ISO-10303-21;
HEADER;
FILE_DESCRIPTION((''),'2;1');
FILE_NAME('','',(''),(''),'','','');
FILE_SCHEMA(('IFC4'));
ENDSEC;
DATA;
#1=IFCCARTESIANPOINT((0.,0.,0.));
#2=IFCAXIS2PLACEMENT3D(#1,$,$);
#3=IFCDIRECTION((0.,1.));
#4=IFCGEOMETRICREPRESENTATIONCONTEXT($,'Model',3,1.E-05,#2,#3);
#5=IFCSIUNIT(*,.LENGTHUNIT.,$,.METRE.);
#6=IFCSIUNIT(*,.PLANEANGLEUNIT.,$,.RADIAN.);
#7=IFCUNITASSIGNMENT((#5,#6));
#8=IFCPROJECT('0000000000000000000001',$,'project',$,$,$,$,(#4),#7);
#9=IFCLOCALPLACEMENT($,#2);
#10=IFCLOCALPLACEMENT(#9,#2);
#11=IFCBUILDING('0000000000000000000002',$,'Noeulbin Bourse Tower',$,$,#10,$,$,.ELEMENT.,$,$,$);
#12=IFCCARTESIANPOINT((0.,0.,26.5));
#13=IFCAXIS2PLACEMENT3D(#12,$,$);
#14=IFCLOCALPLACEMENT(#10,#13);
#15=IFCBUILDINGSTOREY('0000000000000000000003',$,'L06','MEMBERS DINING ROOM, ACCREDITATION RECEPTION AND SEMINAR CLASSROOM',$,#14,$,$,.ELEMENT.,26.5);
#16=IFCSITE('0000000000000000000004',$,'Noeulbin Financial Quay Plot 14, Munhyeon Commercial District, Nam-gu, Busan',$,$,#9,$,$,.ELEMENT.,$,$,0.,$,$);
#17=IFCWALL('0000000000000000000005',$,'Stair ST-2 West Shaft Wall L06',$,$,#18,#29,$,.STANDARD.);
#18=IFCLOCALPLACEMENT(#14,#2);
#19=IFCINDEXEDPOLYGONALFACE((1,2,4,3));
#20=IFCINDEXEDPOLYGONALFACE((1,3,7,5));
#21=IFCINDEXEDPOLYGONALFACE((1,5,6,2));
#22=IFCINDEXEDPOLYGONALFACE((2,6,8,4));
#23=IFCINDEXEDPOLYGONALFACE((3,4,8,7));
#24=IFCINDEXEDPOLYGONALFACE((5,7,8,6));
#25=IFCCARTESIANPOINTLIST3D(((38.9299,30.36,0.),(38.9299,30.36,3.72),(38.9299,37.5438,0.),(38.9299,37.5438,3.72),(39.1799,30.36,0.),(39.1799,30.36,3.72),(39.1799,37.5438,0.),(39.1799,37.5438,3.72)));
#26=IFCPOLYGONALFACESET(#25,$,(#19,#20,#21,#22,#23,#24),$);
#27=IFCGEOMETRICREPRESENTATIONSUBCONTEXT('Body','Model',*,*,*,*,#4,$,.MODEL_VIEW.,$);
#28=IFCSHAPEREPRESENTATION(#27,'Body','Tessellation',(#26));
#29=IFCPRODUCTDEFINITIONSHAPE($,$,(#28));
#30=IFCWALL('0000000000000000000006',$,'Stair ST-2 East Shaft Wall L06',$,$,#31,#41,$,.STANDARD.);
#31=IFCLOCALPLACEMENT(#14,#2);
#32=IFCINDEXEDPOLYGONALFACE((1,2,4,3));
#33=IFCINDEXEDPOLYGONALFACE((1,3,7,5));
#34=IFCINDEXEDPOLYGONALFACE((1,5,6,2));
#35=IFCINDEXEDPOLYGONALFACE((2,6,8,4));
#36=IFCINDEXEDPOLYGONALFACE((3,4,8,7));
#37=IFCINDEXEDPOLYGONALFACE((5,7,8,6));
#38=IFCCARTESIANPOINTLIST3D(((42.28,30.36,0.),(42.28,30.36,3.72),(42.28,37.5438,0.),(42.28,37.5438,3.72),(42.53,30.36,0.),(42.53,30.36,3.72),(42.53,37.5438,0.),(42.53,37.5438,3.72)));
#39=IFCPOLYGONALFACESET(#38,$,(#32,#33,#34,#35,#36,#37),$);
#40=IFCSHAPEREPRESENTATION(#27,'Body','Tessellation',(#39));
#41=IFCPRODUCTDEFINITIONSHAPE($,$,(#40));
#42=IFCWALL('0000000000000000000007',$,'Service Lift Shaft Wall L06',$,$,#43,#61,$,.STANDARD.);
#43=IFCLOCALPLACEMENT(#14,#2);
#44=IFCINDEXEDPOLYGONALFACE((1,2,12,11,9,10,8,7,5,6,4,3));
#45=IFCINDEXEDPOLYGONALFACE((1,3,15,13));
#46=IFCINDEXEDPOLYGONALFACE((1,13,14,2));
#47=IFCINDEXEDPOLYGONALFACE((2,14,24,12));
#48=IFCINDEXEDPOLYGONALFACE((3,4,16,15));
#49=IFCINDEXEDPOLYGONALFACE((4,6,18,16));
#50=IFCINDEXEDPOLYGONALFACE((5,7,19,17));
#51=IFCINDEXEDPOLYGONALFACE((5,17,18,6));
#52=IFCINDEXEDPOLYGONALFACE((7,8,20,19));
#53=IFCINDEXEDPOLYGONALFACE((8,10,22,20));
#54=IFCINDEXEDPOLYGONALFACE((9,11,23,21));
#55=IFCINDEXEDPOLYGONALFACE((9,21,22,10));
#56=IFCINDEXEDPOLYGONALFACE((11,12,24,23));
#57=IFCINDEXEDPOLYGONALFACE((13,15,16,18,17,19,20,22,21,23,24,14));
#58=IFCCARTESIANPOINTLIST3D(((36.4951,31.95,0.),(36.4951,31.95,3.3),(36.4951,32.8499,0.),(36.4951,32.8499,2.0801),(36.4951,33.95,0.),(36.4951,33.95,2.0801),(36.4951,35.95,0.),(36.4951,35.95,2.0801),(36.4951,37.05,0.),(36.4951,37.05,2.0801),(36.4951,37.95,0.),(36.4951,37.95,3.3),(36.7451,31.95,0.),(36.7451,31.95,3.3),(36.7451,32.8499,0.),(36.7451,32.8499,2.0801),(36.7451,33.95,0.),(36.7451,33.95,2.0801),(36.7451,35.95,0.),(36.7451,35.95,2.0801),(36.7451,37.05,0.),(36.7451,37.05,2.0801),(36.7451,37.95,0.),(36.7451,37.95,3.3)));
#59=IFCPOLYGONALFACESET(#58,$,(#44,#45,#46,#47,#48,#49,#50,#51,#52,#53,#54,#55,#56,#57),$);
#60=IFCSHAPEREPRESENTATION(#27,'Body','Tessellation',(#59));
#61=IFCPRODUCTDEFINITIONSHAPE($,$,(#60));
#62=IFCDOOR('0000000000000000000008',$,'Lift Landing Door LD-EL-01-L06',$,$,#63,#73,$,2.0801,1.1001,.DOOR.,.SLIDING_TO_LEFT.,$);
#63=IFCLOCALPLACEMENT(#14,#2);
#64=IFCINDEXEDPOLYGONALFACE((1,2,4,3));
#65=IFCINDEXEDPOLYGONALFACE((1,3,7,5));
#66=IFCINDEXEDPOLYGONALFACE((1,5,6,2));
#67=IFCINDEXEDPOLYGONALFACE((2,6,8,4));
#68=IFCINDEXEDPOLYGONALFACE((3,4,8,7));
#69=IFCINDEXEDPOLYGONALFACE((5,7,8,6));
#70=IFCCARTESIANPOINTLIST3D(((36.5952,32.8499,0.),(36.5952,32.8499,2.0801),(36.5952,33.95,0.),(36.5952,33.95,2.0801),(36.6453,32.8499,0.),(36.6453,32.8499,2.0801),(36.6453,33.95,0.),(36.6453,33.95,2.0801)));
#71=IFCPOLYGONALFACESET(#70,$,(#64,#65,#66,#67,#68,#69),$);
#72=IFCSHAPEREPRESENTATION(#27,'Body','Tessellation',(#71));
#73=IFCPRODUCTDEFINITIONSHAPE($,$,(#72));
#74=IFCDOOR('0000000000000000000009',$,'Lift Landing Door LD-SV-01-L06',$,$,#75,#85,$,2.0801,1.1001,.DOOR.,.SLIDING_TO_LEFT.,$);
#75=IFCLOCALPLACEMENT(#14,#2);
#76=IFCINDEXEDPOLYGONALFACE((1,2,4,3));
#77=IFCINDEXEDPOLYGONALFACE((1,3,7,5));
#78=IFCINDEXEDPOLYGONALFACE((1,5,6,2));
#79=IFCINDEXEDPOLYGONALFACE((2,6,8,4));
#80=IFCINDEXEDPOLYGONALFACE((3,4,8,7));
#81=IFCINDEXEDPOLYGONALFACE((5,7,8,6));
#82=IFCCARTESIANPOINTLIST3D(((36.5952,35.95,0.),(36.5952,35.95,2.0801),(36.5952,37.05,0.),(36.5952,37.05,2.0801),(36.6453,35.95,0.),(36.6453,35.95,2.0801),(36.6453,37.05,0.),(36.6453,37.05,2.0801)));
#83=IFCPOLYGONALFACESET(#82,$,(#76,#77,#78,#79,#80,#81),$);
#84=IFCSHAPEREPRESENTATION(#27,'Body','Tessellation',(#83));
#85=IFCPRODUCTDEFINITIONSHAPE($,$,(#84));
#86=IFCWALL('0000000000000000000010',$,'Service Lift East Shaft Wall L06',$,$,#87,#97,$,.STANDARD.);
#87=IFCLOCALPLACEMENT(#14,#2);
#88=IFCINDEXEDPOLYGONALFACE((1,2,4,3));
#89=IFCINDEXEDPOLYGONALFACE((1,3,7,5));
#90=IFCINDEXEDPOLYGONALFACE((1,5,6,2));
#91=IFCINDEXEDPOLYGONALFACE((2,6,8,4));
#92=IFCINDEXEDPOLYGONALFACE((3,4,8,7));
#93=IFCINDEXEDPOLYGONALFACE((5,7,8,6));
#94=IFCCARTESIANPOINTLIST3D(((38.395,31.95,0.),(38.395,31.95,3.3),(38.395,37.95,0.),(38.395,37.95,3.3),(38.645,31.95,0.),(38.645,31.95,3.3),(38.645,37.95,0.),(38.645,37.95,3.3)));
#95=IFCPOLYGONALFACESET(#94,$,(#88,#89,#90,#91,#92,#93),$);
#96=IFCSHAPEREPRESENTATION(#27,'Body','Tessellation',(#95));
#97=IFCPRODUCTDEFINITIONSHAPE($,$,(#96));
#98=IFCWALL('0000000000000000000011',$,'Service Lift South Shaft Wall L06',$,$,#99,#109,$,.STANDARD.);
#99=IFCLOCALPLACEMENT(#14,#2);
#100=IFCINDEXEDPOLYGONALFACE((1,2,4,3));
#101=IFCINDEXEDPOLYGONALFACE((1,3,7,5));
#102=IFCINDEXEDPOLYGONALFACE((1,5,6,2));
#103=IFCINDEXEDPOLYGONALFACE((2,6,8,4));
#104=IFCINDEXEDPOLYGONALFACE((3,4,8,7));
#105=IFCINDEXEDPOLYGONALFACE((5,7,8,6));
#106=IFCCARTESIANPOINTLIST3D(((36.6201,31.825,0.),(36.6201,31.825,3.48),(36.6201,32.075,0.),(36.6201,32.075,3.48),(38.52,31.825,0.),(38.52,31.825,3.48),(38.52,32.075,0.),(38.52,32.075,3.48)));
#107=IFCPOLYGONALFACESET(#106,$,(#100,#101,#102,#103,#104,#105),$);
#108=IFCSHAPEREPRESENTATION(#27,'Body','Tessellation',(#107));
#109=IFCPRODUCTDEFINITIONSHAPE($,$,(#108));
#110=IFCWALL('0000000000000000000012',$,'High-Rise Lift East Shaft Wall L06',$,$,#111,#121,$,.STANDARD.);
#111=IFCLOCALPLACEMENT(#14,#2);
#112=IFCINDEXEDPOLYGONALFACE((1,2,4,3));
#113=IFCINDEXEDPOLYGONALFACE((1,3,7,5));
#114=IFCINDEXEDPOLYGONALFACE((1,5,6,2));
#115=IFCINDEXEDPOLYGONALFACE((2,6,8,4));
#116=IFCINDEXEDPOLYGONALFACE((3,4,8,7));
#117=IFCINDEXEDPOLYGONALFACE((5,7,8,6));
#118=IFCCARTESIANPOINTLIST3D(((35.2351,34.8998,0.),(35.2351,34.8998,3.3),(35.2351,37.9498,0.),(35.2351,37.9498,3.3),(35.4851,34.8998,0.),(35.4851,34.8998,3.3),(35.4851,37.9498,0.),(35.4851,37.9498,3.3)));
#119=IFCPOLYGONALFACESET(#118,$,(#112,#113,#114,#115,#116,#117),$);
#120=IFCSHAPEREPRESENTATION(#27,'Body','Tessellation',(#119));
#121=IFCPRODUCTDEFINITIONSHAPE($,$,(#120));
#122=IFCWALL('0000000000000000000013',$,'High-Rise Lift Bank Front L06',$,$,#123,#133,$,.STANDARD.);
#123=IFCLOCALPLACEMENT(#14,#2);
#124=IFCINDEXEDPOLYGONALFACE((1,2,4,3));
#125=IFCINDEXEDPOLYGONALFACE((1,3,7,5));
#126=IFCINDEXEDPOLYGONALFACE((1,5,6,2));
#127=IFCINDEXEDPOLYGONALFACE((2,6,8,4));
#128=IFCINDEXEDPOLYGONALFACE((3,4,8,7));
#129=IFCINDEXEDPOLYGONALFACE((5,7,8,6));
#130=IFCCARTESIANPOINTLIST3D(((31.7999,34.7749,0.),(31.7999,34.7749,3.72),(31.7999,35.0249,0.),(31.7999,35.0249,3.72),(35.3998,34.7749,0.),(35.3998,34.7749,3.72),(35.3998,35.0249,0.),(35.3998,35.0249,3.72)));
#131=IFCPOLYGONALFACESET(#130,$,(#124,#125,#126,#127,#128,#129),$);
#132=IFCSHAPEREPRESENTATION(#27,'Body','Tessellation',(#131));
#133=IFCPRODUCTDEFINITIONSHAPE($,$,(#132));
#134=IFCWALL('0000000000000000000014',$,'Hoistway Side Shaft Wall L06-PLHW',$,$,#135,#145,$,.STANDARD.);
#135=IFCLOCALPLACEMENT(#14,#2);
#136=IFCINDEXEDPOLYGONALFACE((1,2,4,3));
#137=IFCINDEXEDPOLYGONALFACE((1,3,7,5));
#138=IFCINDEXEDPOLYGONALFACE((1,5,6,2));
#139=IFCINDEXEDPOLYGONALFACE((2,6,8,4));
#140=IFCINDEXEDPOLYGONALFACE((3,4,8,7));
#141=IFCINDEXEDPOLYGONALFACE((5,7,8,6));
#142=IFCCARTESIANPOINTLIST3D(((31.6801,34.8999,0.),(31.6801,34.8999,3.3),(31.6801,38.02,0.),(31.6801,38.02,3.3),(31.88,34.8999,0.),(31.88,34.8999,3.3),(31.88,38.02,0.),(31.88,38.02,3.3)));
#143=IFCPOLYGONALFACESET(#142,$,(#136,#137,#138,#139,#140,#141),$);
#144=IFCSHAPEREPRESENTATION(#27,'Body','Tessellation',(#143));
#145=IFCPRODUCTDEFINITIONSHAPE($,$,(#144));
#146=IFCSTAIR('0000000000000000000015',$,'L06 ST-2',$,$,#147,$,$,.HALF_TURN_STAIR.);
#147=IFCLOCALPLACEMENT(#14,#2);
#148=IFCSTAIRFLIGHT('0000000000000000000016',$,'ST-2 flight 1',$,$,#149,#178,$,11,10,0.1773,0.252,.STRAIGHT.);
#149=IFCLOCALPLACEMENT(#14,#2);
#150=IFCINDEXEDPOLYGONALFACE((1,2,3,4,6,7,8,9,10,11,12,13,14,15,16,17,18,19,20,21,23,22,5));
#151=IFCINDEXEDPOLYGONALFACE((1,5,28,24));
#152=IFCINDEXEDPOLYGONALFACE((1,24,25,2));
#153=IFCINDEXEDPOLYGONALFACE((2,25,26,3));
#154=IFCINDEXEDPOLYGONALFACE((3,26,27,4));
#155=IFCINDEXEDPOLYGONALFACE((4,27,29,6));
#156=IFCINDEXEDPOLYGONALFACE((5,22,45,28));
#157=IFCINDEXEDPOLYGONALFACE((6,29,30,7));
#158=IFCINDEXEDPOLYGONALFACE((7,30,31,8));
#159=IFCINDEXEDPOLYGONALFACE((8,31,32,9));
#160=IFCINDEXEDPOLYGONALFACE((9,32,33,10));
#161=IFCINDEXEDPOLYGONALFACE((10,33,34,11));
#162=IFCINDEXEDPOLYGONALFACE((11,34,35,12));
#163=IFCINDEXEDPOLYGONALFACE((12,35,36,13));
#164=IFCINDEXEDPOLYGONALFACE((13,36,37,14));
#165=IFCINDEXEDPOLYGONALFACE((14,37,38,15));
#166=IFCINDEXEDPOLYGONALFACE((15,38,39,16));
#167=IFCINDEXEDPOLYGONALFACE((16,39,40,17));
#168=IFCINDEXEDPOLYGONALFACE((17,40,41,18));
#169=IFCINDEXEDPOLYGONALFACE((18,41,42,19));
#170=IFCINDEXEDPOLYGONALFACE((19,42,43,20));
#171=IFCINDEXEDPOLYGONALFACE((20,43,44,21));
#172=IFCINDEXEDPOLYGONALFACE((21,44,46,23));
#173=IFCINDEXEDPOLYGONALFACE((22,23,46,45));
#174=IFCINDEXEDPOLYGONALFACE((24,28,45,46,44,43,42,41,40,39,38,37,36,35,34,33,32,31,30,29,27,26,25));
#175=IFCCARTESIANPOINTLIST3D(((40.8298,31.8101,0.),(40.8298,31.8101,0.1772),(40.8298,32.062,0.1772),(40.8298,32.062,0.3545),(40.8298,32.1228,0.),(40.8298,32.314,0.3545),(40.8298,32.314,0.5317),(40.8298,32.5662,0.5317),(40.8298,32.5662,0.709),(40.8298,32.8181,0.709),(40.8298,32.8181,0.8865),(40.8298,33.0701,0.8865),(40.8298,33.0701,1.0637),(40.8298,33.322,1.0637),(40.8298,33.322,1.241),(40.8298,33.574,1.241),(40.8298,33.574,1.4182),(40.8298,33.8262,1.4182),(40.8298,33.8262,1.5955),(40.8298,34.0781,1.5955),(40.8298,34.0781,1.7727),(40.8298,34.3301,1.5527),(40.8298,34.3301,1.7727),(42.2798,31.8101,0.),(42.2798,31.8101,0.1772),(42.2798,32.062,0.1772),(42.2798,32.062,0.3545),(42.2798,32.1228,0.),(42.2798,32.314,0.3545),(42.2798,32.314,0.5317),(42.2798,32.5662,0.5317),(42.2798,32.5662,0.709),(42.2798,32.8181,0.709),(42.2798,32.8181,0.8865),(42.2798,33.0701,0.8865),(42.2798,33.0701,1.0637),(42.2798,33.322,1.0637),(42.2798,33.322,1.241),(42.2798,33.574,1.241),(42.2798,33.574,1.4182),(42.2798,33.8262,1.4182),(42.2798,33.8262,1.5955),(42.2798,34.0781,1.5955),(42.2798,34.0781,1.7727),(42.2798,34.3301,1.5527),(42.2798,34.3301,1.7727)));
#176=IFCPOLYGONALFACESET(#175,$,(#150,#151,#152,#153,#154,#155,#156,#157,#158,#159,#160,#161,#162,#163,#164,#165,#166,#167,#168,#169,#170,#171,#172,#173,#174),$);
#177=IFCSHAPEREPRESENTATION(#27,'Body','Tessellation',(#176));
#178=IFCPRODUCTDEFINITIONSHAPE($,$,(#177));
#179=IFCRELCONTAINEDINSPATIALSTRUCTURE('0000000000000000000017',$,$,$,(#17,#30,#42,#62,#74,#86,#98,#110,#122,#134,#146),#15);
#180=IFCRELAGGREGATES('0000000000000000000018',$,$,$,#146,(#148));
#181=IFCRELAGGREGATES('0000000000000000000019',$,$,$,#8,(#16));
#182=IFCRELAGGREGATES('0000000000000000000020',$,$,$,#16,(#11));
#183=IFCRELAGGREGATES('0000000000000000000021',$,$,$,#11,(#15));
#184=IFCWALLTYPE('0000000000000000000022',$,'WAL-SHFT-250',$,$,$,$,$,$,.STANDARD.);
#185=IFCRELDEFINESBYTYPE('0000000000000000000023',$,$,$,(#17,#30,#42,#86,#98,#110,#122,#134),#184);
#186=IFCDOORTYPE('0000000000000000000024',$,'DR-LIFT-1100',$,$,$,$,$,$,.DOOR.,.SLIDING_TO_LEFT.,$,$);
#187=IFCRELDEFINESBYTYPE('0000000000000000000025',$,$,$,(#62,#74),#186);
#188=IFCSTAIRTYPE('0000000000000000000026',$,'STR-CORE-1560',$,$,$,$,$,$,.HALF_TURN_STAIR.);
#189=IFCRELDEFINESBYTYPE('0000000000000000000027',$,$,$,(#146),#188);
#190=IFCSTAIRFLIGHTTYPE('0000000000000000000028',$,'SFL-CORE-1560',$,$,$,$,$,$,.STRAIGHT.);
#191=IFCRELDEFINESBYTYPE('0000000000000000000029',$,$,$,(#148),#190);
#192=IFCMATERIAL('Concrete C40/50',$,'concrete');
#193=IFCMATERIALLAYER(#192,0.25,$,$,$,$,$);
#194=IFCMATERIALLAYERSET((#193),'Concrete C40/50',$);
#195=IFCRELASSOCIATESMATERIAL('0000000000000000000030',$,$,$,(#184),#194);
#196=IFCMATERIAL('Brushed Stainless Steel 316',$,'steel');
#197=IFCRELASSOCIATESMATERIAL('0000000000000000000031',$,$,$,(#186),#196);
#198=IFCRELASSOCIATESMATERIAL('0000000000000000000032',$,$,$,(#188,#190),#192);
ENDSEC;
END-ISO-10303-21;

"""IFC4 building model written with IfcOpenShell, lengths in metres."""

from ifc_helpers import new_model, si_unit, direction, frame, frame_2d, origin, place, context, subcontext, project, spatial, polyline, rectangle, outline, extrude, material, layer, layer_set, type_object, element, fill, aggregate, save


model = new_model("IFC4")

# Units and contexts
model_context = context("Model", 3, precision=1e-05, world=origin(), true_north=direction((0.0, 1.0)))
body_context = subcontext(model_context, "Body", "Model", "MODEL_VIEW")
ifc_project = project(units=[si_unit("LENGTHUNIT", "METRE"), si_unit("PLANEANGLEUNIT", "RADIAN")], contexts=[model_context])

# Site, building, storey
site_placement = place(None, origin())
site = spatial("IfcSite", under=ifc_project, at=site_placement, Name="Noeulbin Financial Quay Plot 14, Munhyeon Commercial District, Nam-gu, Busan", CompositionType="ELEMENT", RefElevation=0.0)
building_placement = place(site_placement, origin())
building = spatial("IfcBuilding", under=site, at=building_placement, Name="Noeulbin Bourse Tower", CompositionType="ELEMENT")
storey_placement = place(building_placement, frame((0.0, 0.0, 26.5)))
storey = spatial("IfcBuildingStorey", under=building, at=storey_placement, Name="L06", Description="MEMBERS DINING ROOM, ACCREDITATION RECEPTION AND SEMINAR CLASSROOM", CompositionType="ELEMENT", Elevation=26.5)

# Shared definitions
ifc_material_1 = material(Name="Concrete C40/50", Category="concrete")

# Shared definitions
ifc_layer_1 = layer(ifc_material_1, 0.25)
ifc_layer_set_1 = layer_set([ifc_layer_1], Name="Concrete C40/50")
wall_type_1 = type_object("IfcWallType", Name="WAL-SHFT-250", PredefinedType="STANDARD", material=ifc_layer_set_1)

# Walls
for number, where, z_axis, x_axis, name in (
    (1, (39.0549, 30.3601, 0.0), (0.0, 0.0, 1.0), (0.0, 1.0, 0.0), "Stair ST-2 West Shaft Wall L06"),
    (2, (42.405, 30.3601, 0.0), (0.0, 0.0, 1.0), (0.0, 1.0, 0.0), "Stair ST-2 East Shaft Wall L06"),
):
    element("IfcWall", number, at=place(storey_placement, frame(where, z_axis=z_axis, x_axis=x_axis)), inside=storey, type_object=wall_type_1, Name=name, PredefinedType="STANDARD", context=body_context, shape_type="SweptSolid", body=[
        extrude(rectangle(XDim=7.1838, YDim=0.25, at=frame_2d((3.5918, 0.0))), origin(), (0.0, 0.0, 1.0), 3.72),
    ])

# Wall, openings, doors
wall_1_placement = place(storey_placement, frame((36.6201, 31.95, 0.0), z_axis=(0.0, 0.0, 1.0), x_axis=(0.0, 1.0, 0.0)))
wall_1 = element("IfcWall", 3, at=wall_1_placement, inside=storey, type_object=wall_type_1, Name="Service Lift Shaft Wall L06", PredefinedType="STANDARD", context=body_context, shape_type="SweptSolid", body=[
    extrude(rectangle(XDim=6.0, YDim=0.25, at=frame_2d((3.0, 0.0))), origin(), (0.0, 0.0, 1.0), 3.3),
])
opening_1_placement = place(wall_1_placement, frame((0.8999, 0.0, 0.0)))
opening_1 = element("IfcOpeningElement", 4, at=opening_1_placement, cuts=wall_1, PredefinedType="OPENING", context=body_context, shape_type="SweptSolid", body=[
    extrude(rectangle(XDim=1.1001, YDim=2.0801, at=frame_2d((0.55, 1.04))), frame((0.0, 0.135, 0.0), z_axis=(0.0, -1.0, 0.0), x_axis=(1.0, 0.0, 0.0)), (0.0, 0.0, 1.0), 0.27),
])
opening_2_placement = place(wall_1_placement, frame((4.0, 0.0, 0.0)))
opening_2 = element("IfcOpeningElement", 5, at=opening_2_placement, cuts=wall_1, PredefinedType="OPENING", context=body_context, shape_type="SweptSolid", body=[
    extrude(rectangle(XDim=1.1001, YDim=2.0801, at=frame_2d((0.55, 1.04))), frame((0.0, 0.135, 0.0), z_axis=(0.0, -1.0, 0.0), x_axis=(1.0, 0.0, 0.0)), (0.0, 0.0, 1.0), 0.27),
])
ifc_material_2 = material(Name="Brushed Stainless Steel 316", Category="steel")
door_type_1 = type_object("IfcDoorType", Name="DR-LIFT-1100", OperationType="SLIDING_TO_LEFT", PredefinedType="DOOR", material=ifc_material_2)
door_1_placement = place(opening_1_placement, origin())
door_1 = element("IfcDoor", 6, at=door_1_placement, inside=storey, type_object=door_type_1, Name="Lift Landing Door LD-EL-01-L06", OperationType="SLIDING_TO_LEFT", OverallHeight=2.0801, OverallWidth=1.1001, PredefinedType="DOOR", context=body_context, shape_type="SweptSolid", body=[
    extrude(rectangle(XDim=1.1001, YDim=2.0801, at=frame_2d((0.55, 1.04))), frame((0.0, 0.0249, 0.0), z_axis=(0.0, -1.0, 0.0), x_axis=(1.0, 0.0, 0.0)), (0.0, 0.0, 1.0), 0.05),
])
fill(opening_1, door_1)
door_2_placement = place(opening_2_placement, origin())
door_2 = element("IfcDoor", 7, at=door_2_placement, inside=storey, type_object=door_type_1, Name="Lift Landing Door LD-SV-01-L06", OperationType="SLIDING_TO_LEFT", OverallHeight=2.0801, OverallWidth=1.1001, PredefinedType="DOOR", context=body_context, shape_type="SweptSolid", body=[
    extrude(rectangle(XDim=1.1001, YDim=2.0801, at=frame_2d((0.55, 1.04))), frame((0.0, 0.0249, 0.0), z_axis=(0.0, -1.0, 0.0), x_axis=(1.0, 0.0, 0.0)), (0.0, 0.0, 1.0), 0.05),
])
fill(opening_2, door_2)

# Walls
wall_2_placement = place(storey_placement, frame((38.52, 31.95, 0.0), z_axis=(0.0, 0.0, 1.0), x_axis=(0.0, 1.0, 0.0)))
element("IfcWall", 8, at=wall_2_placement, inside=storey, type_object=wall_type_1, Name="Service Lift East Shaft Wall L06", PredefinedType="STANDARD", context=body_context, shape_type="SweptSolid", body=[
    extrude(rectangle(XDim=6.0, YDim=0.25, at=frame_2d((3.0, 0.0))), origin(), (0.0, 0.0, 1.0), 3.3),
])
wall_3_placement = place(storey_placement, frame((36.6201, 31.95, 0.0), z_axis=(0.0, 0.0, 1.0), x_axis=(1.0, 0.0, 0.0)))
element("IfcWall", 9, at=wall_3_placement, inside=storey, type_object=wall_type_1, Name="Service Lift South Shaft Wall L06", PredefinedType="STANDARD", context=body_context, shape_type="SweptSolid", body=[
    extrude(rectangle(XDim=1.8999, YDim=0.25, at=frame_2d((0.95, 0.0))), origin(), (0.0, 0.0, 1.0), 3.48),
])
wall_4_placement = place(storey_placement, frame((35.3601, 34.8999, 0.0), z_axis=(0.0, 0.0, 1.0), x_axis=(0.0, 1.0, 0.0)))
element("IfcWall", 10, at=wall_4_placement, inside=storey, type_object=wall_type_1, Name="High-Rise Lift East Shaft Wall L06", PredefinedType="STANDARD", context=body_context, shape_type="SweptSolid", body=[
    extrude(rectangle(XDim=3.05, YDim=0.25, at=frame_2d((1.5249, 0.0))), origin(), (0.0, 0.0, 1.0), 3.3),
])
wall_5_placement = place(storey_placement, frame((31.8, 34.8999, 0.0), z_axis=(0.0, 0.0, 1.0), x_axis=(1.0, 0.0, 0.0)))
element("IfcWall", 11, at=wall_5_placement, inside=storey, type_object=wall_type_1, Name="High-Rise Lift Bank Front L06", PredefinedType="STANDARD", context=body_context, shape_type="SweptSolid", body=[
    extrude(rectangle(XDim=3.5999, YDim=0.25, at=frame_2d((1.7998, 0.0))), origin(), (0.0, 0.0, 1.0), 3.72),
])
wall_6_placement = place(storey_placement, frame((31.78, 34.8999, 0.0), z_axis=(0.0, 0.0, 1.0), x_axis=(0.0, 1.0, 0.0)))
element("IfcWall", 12, at=wall_6_placement, inside=storey, type_object=wall_type_1, Name="Hoistway Side Shaft Wall L06-PLHW", PredefinedType="STANDARD", context=body_context, shape_type="SweptSolid", body=[
    extrude(rectangle(XDim=3.1201, YDim=0.2, at=frame_2d((1.5601, 0.0))), origin(), (0.0, 0.0, 1.0), 3.3),
])

# Stair, stair flight
stair_type = type_object("IfcStairType", Name="STR-CORE-1560", PredefinedType="HALF_TURN_STAIR", material=ifc_material_1)
stair_placement = place(storey_placement, origin())
stair = element("IfcStair", 13, at=stair_placement, inside=storey, type_object=stair_type, Name="L06 ST-2", PredefinedType="HALF_TURN_STAIR")
stair_flight_type = type_object("IfcStairFlightType", Name="SFL-CORE-1560", PredefinedType="STRAIGHT", material=ifc_material_1)
stair_flight_1_placement = place(storey_placement, frame((41.5549, 31.8101, 0.0), z_axis=(0.0, 0.0, 1.0), x_axis=(0.0, 1.0, 0.0)))
stair_flight_1 = element("IfcStairFlight", 14, at=stair_flight_1_placement, type_object=stair_flight_type, Name="ST-2 flight 1", NumberOfRisers=11, NumberOfTreads=10, PredefinedType="STRAIGHT", RiserHeight=0.1773, TreadLength=0.252, context=body_context, shape_type="SweptSolid", body=[
    extrude(outline(polyline([(0.0, 0.0), (0.0, 0.1772), (0.252, 0.1772), (0.252, 0.3545), (0.5039, 0.3545), (0.5039, 0.5317), (0.7561, 0.5317), (0.7561, 0.709), (1.0081, 0.709), (1.0081, 0.8865), (1.26, 0.8865), (1.26, 1.0637), (1.512, 1.0637), (1.512, 1.241), (1.7639, 1.241), (1.7639, 1.4182), (2.0161, 1.4182), (2.0161, 1.5955), (2.2681, 1.5955), (2.2681, 1.7727), (2.52, 1.7727), (2.52, 1.95), (2.52, 1.5527), (0.3127, 0.0), (0.0, 0.0)])), frame((0.0, 0.7251, 0.0), z_axis=(0.0, -1.0, 0.0), x_axis=(1.0, 0.0, 0.0)), (0.0, 0.0, 1.0), 1.45),
])
aggregate(stair, [stair_flight_1])

save(model, "model.ifc")
